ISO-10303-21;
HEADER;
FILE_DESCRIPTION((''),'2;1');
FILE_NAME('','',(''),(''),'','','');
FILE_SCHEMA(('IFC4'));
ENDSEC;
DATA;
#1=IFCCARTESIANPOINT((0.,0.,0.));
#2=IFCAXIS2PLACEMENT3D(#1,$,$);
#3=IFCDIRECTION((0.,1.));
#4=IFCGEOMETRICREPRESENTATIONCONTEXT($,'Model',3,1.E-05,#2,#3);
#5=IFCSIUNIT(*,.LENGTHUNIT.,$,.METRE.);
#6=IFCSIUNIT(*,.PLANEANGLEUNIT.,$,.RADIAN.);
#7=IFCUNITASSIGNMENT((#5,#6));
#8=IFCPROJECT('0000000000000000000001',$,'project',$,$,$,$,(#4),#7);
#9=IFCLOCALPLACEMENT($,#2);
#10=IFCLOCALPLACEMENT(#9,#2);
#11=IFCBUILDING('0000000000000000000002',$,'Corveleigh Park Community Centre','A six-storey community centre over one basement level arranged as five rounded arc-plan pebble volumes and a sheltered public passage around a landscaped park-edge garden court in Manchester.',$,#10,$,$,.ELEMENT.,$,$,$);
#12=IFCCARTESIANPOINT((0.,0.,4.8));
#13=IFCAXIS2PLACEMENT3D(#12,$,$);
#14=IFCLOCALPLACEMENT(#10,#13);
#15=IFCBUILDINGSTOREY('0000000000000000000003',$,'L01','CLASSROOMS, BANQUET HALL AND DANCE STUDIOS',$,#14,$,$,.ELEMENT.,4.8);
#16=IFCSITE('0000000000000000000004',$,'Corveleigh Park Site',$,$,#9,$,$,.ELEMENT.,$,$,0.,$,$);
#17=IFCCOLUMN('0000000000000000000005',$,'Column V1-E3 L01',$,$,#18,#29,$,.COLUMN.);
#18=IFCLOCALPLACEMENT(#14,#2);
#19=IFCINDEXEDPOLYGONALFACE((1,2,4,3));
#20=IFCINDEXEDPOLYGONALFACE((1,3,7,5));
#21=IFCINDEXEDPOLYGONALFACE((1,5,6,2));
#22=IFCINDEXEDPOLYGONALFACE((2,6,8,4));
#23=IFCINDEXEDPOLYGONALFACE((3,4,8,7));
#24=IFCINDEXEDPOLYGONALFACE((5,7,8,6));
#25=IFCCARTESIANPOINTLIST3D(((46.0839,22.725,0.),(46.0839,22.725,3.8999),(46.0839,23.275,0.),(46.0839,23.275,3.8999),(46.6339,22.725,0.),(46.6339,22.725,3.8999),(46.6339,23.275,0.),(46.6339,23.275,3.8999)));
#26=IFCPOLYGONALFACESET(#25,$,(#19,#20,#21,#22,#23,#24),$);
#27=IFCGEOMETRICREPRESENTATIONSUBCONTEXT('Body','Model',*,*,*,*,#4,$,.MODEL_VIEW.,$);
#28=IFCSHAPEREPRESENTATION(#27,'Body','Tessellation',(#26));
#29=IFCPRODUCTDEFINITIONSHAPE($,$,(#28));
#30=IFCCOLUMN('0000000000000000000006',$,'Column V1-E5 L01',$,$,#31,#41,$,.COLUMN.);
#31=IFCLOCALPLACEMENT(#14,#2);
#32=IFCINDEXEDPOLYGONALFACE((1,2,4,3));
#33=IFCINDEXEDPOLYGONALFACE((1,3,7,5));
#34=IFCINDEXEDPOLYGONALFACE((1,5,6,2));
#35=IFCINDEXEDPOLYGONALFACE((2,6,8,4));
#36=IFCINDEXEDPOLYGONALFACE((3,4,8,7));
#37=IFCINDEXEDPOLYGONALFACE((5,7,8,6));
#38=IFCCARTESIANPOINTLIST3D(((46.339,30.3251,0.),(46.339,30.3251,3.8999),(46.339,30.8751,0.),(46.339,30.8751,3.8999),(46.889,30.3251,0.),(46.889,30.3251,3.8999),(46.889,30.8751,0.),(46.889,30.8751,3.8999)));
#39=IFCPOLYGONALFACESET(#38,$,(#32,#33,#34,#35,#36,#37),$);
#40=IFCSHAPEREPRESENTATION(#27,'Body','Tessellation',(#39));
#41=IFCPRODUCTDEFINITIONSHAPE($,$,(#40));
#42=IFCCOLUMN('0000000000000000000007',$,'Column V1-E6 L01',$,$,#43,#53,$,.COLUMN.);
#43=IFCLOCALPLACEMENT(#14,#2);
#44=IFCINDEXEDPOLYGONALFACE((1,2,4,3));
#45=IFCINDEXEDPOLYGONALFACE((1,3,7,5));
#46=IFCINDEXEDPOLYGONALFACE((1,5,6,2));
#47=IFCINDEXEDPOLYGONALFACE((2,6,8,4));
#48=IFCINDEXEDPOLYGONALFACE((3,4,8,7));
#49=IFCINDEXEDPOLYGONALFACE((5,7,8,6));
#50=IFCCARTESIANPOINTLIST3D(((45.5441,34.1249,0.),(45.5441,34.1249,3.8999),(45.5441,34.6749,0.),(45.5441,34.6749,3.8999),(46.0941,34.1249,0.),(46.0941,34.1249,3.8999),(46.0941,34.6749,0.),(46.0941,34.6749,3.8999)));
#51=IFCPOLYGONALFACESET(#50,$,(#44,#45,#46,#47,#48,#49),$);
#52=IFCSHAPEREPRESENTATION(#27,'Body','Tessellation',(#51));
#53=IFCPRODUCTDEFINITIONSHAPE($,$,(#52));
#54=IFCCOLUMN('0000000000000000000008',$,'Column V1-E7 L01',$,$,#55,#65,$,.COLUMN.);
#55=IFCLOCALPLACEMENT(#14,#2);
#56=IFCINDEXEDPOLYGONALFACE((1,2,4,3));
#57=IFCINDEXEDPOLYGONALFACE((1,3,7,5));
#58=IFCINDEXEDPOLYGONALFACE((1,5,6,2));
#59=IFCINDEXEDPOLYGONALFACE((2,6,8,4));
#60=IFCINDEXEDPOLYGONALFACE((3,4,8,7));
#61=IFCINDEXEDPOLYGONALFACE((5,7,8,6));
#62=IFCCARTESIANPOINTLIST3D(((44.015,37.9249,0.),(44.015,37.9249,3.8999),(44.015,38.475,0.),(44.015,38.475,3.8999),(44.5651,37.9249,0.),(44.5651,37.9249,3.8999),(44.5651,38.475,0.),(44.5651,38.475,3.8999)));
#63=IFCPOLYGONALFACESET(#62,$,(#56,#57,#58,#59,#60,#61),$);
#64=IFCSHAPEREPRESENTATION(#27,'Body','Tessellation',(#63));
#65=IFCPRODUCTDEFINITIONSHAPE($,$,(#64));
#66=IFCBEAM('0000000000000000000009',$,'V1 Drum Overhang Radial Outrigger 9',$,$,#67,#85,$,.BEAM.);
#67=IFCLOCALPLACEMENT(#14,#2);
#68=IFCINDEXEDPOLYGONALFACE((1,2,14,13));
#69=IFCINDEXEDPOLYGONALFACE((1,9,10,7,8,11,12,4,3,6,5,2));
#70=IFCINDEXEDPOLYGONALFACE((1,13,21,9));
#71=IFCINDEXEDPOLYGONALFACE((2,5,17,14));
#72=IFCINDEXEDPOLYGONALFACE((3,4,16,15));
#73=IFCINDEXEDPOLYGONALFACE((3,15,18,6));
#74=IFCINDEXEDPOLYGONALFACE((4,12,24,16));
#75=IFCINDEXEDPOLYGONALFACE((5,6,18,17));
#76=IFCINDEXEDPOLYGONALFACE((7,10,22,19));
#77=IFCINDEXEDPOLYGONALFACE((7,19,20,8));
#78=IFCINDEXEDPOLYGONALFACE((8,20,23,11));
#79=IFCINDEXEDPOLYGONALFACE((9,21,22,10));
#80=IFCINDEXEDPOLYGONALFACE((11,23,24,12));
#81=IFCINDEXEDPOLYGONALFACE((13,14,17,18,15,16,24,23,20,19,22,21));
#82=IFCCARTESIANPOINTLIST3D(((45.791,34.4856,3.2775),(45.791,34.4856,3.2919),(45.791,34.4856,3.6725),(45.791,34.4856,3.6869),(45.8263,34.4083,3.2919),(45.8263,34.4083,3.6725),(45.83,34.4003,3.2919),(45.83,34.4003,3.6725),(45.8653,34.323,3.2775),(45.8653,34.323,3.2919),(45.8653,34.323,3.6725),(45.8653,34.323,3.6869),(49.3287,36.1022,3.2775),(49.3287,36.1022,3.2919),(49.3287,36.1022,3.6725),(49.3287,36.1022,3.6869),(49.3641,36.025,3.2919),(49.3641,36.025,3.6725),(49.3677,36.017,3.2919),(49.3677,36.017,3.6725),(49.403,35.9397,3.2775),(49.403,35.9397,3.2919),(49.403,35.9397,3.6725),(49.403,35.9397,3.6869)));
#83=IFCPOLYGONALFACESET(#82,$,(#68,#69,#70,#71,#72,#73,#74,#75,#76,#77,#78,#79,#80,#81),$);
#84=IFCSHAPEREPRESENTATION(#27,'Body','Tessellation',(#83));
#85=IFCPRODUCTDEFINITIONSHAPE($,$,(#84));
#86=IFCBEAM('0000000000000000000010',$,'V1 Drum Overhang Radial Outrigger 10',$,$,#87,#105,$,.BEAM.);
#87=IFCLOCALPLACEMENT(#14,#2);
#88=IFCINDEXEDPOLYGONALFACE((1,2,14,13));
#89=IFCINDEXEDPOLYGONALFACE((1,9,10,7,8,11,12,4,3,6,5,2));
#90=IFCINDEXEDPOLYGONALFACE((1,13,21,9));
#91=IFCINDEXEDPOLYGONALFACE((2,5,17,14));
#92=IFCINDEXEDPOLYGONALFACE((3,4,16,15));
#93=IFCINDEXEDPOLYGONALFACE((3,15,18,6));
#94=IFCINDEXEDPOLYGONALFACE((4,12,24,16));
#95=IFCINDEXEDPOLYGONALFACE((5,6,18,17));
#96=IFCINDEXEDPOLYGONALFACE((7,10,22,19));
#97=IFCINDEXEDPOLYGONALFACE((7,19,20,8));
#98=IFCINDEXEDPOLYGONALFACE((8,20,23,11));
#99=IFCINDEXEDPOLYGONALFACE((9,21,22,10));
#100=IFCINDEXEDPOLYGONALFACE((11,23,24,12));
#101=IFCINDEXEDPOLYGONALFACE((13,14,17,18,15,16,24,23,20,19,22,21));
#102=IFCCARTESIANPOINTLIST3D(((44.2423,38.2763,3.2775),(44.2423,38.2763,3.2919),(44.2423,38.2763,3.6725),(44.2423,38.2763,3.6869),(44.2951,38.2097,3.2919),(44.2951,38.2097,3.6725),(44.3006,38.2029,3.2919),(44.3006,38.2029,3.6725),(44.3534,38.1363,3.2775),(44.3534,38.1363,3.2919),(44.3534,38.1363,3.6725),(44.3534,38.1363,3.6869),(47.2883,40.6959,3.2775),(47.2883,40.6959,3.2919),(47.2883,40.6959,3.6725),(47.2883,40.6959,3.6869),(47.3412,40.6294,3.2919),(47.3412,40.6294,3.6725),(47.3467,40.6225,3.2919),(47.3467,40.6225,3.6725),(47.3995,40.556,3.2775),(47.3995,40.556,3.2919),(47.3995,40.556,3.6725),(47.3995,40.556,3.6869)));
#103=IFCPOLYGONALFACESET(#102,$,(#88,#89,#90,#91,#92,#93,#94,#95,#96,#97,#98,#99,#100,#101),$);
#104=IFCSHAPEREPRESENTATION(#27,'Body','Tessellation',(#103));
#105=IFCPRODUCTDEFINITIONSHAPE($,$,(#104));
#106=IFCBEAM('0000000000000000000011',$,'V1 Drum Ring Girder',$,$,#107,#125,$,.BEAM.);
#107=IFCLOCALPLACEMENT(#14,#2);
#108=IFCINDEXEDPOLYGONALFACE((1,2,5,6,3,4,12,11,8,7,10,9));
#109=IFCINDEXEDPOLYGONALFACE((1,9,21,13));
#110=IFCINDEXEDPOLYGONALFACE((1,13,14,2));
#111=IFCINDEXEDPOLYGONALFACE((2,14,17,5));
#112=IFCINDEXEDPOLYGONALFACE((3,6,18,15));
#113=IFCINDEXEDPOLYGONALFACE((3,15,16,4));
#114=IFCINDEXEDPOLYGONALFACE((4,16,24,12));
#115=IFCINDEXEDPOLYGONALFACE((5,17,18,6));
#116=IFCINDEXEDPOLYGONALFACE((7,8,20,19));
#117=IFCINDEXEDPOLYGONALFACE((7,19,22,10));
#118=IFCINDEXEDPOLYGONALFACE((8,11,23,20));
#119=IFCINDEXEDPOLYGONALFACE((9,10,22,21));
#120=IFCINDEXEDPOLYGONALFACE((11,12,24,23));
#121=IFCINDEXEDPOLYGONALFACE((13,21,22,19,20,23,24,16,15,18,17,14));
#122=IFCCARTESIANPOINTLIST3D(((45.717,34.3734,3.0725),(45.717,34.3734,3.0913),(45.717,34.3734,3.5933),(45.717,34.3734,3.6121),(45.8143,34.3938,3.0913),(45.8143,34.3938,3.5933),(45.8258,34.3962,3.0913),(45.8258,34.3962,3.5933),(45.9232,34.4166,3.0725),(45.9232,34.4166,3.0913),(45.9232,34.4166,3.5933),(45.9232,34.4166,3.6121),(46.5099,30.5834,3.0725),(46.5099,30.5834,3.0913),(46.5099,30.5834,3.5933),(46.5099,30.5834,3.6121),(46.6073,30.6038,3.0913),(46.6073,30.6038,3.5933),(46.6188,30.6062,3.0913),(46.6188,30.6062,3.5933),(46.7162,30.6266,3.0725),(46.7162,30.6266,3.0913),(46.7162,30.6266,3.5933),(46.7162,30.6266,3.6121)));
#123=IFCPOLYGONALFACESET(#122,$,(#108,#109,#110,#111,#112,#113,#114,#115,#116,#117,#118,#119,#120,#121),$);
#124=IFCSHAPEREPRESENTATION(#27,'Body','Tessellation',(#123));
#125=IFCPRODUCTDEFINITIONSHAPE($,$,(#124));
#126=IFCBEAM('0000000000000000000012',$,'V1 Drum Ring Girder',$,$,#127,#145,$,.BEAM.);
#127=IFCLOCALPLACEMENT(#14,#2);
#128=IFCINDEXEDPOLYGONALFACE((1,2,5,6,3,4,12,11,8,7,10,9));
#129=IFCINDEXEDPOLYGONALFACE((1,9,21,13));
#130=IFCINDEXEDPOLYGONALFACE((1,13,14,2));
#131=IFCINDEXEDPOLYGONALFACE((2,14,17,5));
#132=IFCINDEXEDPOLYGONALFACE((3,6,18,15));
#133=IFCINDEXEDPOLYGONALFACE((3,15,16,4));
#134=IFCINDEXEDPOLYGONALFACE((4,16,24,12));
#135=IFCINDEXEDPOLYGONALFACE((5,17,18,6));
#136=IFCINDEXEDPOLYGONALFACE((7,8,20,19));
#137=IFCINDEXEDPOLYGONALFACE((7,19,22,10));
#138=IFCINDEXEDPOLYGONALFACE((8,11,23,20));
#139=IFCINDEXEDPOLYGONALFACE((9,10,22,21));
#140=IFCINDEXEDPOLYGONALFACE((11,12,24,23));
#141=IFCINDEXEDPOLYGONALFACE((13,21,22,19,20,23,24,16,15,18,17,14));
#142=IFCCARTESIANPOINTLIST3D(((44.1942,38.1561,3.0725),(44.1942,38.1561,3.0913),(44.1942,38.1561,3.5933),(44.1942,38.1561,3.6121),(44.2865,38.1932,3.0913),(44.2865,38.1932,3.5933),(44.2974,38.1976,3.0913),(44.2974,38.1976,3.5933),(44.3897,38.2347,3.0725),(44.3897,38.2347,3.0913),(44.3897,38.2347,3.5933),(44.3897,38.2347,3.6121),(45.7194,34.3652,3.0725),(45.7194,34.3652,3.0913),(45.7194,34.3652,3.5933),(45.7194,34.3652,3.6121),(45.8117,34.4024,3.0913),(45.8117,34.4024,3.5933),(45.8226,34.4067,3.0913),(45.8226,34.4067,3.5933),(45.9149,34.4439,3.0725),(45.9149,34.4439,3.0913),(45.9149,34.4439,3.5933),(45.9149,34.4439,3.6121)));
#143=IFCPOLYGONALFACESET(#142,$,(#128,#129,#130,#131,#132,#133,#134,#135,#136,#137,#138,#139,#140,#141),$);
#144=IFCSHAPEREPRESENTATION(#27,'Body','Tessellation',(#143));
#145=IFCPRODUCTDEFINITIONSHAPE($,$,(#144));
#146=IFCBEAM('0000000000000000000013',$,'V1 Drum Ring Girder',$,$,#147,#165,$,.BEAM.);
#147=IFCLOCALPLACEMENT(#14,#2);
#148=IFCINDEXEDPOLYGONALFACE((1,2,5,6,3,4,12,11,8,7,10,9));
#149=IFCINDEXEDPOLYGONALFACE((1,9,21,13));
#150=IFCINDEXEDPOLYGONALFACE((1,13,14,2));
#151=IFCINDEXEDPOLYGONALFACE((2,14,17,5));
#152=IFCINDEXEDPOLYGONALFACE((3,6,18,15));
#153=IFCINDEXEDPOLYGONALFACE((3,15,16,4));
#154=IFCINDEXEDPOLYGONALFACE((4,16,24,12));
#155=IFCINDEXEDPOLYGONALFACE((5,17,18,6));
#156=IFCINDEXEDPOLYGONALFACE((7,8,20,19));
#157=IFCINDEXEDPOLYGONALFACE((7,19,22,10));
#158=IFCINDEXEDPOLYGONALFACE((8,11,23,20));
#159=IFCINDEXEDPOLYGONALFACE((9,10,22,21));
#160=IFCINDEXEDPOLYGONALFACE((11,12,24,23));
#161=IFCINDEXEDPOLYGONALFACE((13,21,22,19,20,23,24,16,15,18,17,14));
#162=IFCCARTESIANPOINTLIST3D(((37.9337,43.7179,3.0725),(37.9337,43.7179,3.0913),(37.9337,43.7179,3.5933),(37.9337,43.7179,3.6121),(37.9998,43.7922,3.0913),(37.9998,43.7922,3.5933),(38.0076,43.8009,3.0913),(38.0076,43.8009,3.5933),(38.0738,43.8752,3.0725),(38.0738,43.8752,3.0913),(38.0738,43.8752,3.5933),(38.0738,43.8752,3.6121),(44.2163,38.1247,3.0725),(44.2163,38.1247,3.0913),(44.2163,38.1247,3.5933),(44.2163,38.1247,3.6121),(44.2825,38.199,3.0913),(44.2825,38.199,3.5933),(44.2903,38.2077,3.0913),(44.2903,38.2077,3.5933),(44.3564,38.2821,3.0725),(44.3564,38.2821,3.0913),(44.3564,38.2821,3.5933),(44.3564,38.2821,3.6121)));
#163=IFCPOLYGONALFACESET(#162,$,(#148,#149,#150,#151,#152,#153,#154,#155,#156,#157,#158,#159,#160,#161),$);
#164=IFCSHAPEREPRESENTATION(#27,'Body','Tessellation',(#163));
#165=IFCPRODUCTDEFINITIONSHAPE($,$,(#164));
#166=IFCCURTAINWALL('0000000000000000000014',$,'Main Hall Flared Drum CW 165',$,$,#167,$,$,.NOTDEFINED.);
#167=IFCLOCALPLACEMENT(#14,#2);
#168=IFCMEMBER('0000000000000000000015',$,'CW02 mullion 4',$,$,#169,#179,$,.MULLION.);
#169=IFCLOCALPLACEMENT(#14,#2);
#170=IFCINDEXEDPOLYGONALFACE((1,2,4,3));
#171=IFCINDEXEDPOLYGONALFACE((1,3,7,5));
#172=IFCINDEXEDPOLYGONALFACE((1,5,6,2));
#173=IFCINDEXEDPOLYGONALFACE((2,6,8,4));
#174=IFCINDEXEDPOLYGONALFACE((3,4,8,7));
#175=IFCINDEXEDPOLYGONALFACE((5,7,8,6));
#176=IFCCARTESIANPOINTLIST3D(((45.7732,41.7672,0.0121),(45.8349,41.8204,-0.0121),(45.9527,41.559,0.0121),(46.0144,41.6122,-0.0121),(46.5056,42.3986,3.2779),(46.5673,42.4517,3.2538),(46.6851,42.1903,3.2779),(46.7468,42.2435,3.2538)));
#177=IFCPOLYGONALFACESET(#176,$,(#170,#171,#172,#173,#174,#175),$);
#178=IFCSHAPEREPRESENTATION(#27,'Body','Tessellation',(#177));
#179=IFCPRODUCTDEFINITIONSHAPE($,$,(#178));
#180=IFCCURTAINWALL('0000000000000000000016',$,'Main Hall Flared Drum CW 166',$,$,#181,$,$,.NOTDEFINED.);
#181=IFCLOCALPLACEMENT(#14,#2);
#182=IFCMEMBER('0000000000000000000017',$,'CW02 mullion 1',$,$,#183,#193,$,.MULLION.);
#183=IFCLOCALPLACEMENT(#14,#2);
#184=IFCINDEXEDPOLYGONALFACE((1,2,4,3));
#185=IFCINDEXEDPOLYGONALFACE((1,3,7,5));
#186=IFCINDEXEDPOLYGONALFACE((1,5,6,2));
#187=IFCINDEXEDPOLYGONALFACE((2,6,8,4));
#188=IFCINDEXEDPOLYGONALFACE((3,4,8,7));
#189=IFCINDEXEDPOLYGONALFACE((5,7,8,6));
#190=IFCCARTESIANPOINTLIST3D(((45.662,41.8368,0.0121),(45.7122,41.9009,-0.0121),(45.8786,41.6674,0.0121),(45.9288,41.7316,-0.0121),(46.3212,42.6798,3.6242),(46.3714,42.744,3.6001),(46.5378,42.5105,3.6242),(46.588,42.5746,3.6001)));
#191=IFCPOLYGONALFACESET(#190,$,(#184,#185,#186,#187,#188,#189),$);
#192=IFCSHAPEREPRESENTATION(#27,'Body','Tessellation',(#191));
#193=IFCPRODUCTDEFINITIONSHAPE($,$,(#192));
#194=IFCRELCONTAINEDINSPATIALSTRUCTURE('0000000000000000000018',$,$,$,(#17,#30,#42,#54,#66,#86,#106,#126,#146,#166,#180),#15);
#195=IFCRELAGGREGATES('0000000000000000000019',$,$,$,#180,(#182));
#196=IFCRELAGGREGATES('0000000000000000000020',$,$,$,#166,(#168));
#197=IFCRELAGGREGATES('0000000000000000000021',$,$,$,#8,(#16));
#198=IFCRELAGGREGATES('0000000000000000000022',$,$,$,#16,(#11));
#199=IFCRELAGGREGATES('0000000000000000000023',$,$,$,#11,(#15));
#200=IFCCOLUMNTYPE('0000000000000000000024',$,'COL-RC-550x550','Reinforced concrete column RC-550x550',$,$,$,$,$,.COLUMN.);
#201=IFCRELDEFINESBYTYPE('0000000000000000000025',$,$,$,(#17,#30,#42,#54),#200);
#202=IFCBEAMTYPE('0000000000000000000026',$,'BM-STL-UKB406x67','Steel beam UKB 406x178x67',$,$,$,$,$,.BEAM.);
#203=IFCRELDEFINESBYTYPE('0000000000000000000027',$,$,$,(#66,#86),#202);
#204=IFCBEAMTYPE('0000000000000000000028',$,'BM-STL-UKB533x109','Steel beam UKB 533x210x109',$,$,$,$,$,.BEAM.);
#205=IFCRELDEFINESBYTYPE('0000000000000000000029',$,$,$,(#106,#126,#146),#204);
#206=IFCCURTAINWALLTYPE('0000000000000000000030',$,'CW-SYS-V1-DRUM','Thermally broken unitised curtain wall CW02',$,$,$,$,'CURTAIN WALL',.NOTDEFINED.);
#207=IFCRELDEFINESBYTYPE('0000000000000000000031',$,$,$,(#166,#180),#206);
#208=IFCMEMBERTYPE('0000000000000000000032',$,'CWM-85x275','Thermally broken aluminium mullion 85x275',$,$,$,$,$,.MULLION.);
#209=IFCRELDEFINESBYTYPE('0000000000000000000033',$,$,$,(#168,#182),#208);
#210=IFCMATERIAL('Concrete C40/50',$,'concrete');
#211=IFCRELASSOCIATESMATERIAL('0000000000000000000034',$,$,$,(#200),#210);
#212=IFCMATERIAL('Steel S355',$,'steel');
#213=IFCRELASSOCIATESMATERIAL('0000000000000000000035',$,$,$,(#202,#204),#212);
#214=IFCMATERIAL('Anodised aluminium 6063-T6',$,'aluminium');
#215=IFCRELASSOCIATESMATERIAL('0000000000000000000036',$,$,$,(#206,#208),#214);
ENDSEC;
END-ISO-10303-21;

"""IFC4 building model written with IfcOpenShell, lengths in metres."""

from ifc_helpers import new_model, si_unit, direction, frame, origin, origin_2d, place, context, subcontext, project, spatial, rectangle, i_section, extrude, material, material_profile, profile_set, type_object, element, aggregate, save


model = new_model("IFC4")

# Units and contexts
model_context = context("Model", 3, precision=1e-05, world=origin(), true_north=direction((0.0, 1.0)))
body_context = subcontext(model_context, "Body", "Model", "MODEL_VIEW")
ifc_project = project(units=[si_unit("LENGTHUNIT", "METRE"), si_unit("PLANEANGLEUNIT", "RADIAN")], contexts=[model_context])

# Site, building, storey
site_placement = place(None, origin())
site = spatial("IfcSite", under=ifc_project, at=site_placement, Name="Corveleigh Park Site", CompositionType="ELEMENT", RefElevation=0.0)
building_placement = place(site_placement, origin())
building = spatial("IfcBuilding", under=site, at=building_placement, Name="Corveleigh Park Community Centre", Description="A six-storey community centre over one basement level arranged as five rounded arc-plan pebble volumes and a sheltered public passage around a landscaped park-edge garden court in Manchester.", CompositionType="ELEMENT")
storey_placement = place(building_placement, frame((0.0, 0.0, 4.8)))
storey = spatial("IfcBuildingStorey", under=building, at=storey_placement, Name="L01", Description="CLASSROOMS, BANQUET HALL AND DANCE STUDIOS", CompositionType="ELEMENT", Elevation=4.8)

# Columns
ifc_material_1 = material(Name="Concrete C40/50", Category="concrete")
ifc_material_profile_1 = material_profile(ifc_material_1, rectangle(XDim=0.55, YDim=0.55, at=origin_2d()), Name="RC-550x550", Category="concrete")
ifc_profile_set_1 = profile_set([ifc_material_profile_1], Name="Concrete C40/50")
column_type = type_object("IfcColumnType", Name="COL-RC-550x550", Description="Reinforced concrete column RC-550x550", PredefinedType="COLUMN", material=ifc_profile_set_1)
for number, where, z_axis, x_axis, name in (
    (1, (46.3589, 23.0, 0.0), (0.0, 0.0, 1.0), (1.0, 0.0, 0.0), "Column V1-E3 L01"),
    (2, (46.614, 30.6001, 0.0), (0.0, 0.0, 1.0), (1.0, 0.0, 0.0), "Column V1-E5 L01"),
    (3, (45.8191, 34.3999, 0.0), (0.0, 0.0, 1.0), (1.0, 0.0, 0.0), "Column V1-E6 L01"),
    (4, (44.29, 38.2, 0.0), (0.0, 0.0, 1.0), (1.0, 0.0, 0.0), "Column V1-E7 L01"),
):
    element("IfcColumn", number, at=place(storey_placement, frame(where, z_axis=z_axis, x_axis=x_axis)), inside=storey, type_object=column_type, Name=name, PredefinedType="COLUMN", context=body_context, shape_type="SweptSolid", body=[
        extrude(rectangle(XDim=0.55, YDim=0.55, at=origin_2d()), origin(), (0.0, 0.0, 1.0), 3.8999),
    ])

# Beams
ifc_material_2 = material(Name="Steel S355", Category="steel")
ifc_material_profile_2 = material_profile(ifc_material_2, i_section(OverallWidth=0.1787, OverallDepth=0.4094, WebThickness=0.0088, FlangeThickness=0.0144, at=origin_2d()), Name="UKB 406x178x67", Category="steel")
ifc_profile_set_2 = profile_set([ifc_material_profile_2], Name="Steel S355")
beam_type_1 = type_object("IfcBeamType", Name="BM-STL-UKB406x67", Description="Steel beam UKB 406x178x67", PredefinedType="BEAM", material=ifc_profile_set_2)
beam_1_placement = place(storey_placement, frame((45.8281, 34.4043, 3.4822), z_axis=(0.909533, 0.415632, 0.0), x_axis=(-0.415632, 0.909533, 0.0)))
element("IfcBeam", 5, at=beam_1_placement, inside=storey, type_object=beam_type_1, Name="V1 Drum Overhang Radial Outrigger 9", PredefinedType="BEAM", context=body_context, shape_type="SweptSolid", body=[
    extrude(i_section(OverallWidth=0.1787, OverallDepth=0.4094, WebThickness=0.0088, FlangeThickness=0.0144, at=origin_2d()), origin(), (0.0, 0.0, 1.0), 3.8896),
])
beam_2_placement = place(storey_placement, frame((44.2979, 38.2063, 3.4822), z_axis=(0.783025, 0.62199, 0.0), x_axis=(-0.62199, 0.783025, 0.0)))
element("IfcBeam", 6, at=beam_2_placement, inside=storey, type_object=beam_type_1, Name="V1 Drum Overhang Radial Outrigger 10", PredefinedType="BEAM", context=body_context, shape_type="SweptSolid", body=[
    extrude(i_section(OverallWidth=0.1787, OverallDepth=0.4094, WebThickness=0.0088, FlangeThickness=0.0144, at=origin_2d()), origin(), (0.0, 0.0, 1.0), 3.8901),
])
ifc_material_profile_3 = material_profile(ifc_material_2, i_section(OverallWidth=0.2107, OverallDepth=0.5396, WebThickness=0.0117, FlangeThickness=0.0188, at=origin_2d()), Name="UKB 533x210x109", Category="steel")
ifc_profile_set_3 = profile_set([ifc_material_profile_3], Name="Steel S355")
beam_type_2 = type_object("IfcBeamType", Name="BM-STL-UKB533x109", Description="Steel beam UKB 533x210x109", PredefinedType="BEAM", material=ifc_profile_set_3)
beam_3_placement = place(storey_placement, frame((46.613, 30.605, 3.3423), z_axis=(-0.20479, 0.978806, 0.0), x_axis=(-0.978806, -0.20479, 0.0)))
element("IfcBeam", 7, at=beam_3_placement, inside=storey, type_object=beam_type_2, Name="V1 Drum Ring Girder", PredefinedType="BEAM", context=body_context, shape_type="SweptSolid", body=[
    extrude(i_section(OverallWidth=0.2107, OverallDepth=0.5396, WebThickness=0.0117, FlangeThickness=0.0188, at=origin_2d()), origin(), (0.0, 0.0, 1.0), 3.8721),
])
beam_4_placement = place(storey_placement, frame((45.8171, 34.4045, 3.3423), z_axis=(-0.373255, 0.927729, 0.0), x_axis=(-0.927729, -0.373255, 0.0)))
element("IfcBeam", 8, at=beam_4_placement, inside=storey, type_object=beam_type_2, Name="V1 Drum Ring Girder", PredefinedType="BEAM", context=body_context, shape_type="SweptSolid", body=[
    extrude(i_section(OverallWidth=0.2107, OverallDepth=0.5396, WebThickness=0.0117, FlangeThickness=0.0188, at=origin_2d()), origin(), (0.0, 0.0, 1.0), 4.0862),
])
beam_5_placement = place(storey_placement, frame((44.2864, 38.2034, 3.3423), z_axis=(-0.7469, 0.664937, 0.0), x_axis=(-0.664937, -0.7469, 0.0)))
element("IfcBeam", 9, at=beam_5_placement, inside=storey, type_object=beam_type_2, Name="V1 Drum Ring Girder", PredefinedType="BEAM", context=body_context, shape_type="SweptSolid", body=[
    extrude(i_section(OverallWidth=0.2107, OverallDepth=0.5396, WebThickness=0.0117, FlangeThickness=0.0188, at=origin_2d()), origin(), (0.0, 0.0, 1.0), 8.4116),
])

# Curtain walls, members
ifc_material_3 = material(Name="Anodised aluminium 6063-T6", Category="aluminium")
curtain_wall_type = type_object("IfcCurtainWallType", Name="CW-SYS-V1-DRUM", Description="Thermally broken unitised curtain wall CW02", ElementType="CURTAIN WALL", PredefinedType="NOTDEFINED", material=ifc_material_3)
curtain_wall_1_placement = place(storey_placement, origin())
curtain_wall_1 = element("IfcCurtainWall", 10, at=curtain_wall_1_placement, inside=storey, type_object=curtain_wall_type, Name="Main Hall Flared Drum CW 165", PredefinedType="NOTDEFINED")
ifc_material_profile_4 = material_profile(ifc_material_3, rectangle(XDim=0.085, YDim=0.2749, at=origin_2d()), Name="ALU-M85x275", Category="aluminium")
ifc_profile_set_4 = profile_set([ifc_material_profile_4], Name="Anodised aluminium 6063-T6")
member_type_1 = type_object("IfcMemberType", Name="CWM-85x275", Description="Thermally broken aluminium mullion 85x275", PredefinedType="MULLION", material=ifc_profile_set_4)
member_1_placement = place(storey_placement, frame((45.8938, 41.6897, 0.0), z_axis=(0.215038, 0.185363, 0.958853), x_axis=(-0.72627, -0.626045, 0.283902)))
member_1 = element("IfcMember", 11, at=member_1_placement, type_object=member_type_1, Name="CW02 mullion 4", PredefinedType="MULLION", context=body_context, shape_type="SweptSolid", body=[
    extrude(rectangle(XDim=0.085, YDim=0.2749, at=origin_2d()), origin(), (0.0, 0.0, 1.0), 3.406),
])
curtain_wall_2_placement = place(storey_placement, origin())
curtain_wall_2 = element("IfcCurtainWall", 12, at=curtain_wall_2_placement, inside=storey, type_object=curtain_wall_type, Name="Main Hall Flared Drum CW 166", PredefinedType="NOTDEFINED")
member_2_placement = place(storey_placement, frame((45.7954, 41.7842, 0.0), z_axis=(0.174976, 0.223775, 0.958805), x_axis=(-0.590601, -0.755313, 0.284064)))
member_2 = element("IfcMember", 13, at=member_2_placement, type_object=member_type_1, Name="CW02 mullion 1", PredefinedType="MULLION", context=body_context, shape_type="SweptSolid", body=[
    extrude(rectangle(XDim=0.085, YDim=0.2749, at=origin_2d()), origin(), (0.0, 0.0, 1.0), 3.7673),
])

aggregate(curtain_wall_2, [member_2])

aggregate(curtain_wall_1, [member_1])

save(model, "model.ifc")
